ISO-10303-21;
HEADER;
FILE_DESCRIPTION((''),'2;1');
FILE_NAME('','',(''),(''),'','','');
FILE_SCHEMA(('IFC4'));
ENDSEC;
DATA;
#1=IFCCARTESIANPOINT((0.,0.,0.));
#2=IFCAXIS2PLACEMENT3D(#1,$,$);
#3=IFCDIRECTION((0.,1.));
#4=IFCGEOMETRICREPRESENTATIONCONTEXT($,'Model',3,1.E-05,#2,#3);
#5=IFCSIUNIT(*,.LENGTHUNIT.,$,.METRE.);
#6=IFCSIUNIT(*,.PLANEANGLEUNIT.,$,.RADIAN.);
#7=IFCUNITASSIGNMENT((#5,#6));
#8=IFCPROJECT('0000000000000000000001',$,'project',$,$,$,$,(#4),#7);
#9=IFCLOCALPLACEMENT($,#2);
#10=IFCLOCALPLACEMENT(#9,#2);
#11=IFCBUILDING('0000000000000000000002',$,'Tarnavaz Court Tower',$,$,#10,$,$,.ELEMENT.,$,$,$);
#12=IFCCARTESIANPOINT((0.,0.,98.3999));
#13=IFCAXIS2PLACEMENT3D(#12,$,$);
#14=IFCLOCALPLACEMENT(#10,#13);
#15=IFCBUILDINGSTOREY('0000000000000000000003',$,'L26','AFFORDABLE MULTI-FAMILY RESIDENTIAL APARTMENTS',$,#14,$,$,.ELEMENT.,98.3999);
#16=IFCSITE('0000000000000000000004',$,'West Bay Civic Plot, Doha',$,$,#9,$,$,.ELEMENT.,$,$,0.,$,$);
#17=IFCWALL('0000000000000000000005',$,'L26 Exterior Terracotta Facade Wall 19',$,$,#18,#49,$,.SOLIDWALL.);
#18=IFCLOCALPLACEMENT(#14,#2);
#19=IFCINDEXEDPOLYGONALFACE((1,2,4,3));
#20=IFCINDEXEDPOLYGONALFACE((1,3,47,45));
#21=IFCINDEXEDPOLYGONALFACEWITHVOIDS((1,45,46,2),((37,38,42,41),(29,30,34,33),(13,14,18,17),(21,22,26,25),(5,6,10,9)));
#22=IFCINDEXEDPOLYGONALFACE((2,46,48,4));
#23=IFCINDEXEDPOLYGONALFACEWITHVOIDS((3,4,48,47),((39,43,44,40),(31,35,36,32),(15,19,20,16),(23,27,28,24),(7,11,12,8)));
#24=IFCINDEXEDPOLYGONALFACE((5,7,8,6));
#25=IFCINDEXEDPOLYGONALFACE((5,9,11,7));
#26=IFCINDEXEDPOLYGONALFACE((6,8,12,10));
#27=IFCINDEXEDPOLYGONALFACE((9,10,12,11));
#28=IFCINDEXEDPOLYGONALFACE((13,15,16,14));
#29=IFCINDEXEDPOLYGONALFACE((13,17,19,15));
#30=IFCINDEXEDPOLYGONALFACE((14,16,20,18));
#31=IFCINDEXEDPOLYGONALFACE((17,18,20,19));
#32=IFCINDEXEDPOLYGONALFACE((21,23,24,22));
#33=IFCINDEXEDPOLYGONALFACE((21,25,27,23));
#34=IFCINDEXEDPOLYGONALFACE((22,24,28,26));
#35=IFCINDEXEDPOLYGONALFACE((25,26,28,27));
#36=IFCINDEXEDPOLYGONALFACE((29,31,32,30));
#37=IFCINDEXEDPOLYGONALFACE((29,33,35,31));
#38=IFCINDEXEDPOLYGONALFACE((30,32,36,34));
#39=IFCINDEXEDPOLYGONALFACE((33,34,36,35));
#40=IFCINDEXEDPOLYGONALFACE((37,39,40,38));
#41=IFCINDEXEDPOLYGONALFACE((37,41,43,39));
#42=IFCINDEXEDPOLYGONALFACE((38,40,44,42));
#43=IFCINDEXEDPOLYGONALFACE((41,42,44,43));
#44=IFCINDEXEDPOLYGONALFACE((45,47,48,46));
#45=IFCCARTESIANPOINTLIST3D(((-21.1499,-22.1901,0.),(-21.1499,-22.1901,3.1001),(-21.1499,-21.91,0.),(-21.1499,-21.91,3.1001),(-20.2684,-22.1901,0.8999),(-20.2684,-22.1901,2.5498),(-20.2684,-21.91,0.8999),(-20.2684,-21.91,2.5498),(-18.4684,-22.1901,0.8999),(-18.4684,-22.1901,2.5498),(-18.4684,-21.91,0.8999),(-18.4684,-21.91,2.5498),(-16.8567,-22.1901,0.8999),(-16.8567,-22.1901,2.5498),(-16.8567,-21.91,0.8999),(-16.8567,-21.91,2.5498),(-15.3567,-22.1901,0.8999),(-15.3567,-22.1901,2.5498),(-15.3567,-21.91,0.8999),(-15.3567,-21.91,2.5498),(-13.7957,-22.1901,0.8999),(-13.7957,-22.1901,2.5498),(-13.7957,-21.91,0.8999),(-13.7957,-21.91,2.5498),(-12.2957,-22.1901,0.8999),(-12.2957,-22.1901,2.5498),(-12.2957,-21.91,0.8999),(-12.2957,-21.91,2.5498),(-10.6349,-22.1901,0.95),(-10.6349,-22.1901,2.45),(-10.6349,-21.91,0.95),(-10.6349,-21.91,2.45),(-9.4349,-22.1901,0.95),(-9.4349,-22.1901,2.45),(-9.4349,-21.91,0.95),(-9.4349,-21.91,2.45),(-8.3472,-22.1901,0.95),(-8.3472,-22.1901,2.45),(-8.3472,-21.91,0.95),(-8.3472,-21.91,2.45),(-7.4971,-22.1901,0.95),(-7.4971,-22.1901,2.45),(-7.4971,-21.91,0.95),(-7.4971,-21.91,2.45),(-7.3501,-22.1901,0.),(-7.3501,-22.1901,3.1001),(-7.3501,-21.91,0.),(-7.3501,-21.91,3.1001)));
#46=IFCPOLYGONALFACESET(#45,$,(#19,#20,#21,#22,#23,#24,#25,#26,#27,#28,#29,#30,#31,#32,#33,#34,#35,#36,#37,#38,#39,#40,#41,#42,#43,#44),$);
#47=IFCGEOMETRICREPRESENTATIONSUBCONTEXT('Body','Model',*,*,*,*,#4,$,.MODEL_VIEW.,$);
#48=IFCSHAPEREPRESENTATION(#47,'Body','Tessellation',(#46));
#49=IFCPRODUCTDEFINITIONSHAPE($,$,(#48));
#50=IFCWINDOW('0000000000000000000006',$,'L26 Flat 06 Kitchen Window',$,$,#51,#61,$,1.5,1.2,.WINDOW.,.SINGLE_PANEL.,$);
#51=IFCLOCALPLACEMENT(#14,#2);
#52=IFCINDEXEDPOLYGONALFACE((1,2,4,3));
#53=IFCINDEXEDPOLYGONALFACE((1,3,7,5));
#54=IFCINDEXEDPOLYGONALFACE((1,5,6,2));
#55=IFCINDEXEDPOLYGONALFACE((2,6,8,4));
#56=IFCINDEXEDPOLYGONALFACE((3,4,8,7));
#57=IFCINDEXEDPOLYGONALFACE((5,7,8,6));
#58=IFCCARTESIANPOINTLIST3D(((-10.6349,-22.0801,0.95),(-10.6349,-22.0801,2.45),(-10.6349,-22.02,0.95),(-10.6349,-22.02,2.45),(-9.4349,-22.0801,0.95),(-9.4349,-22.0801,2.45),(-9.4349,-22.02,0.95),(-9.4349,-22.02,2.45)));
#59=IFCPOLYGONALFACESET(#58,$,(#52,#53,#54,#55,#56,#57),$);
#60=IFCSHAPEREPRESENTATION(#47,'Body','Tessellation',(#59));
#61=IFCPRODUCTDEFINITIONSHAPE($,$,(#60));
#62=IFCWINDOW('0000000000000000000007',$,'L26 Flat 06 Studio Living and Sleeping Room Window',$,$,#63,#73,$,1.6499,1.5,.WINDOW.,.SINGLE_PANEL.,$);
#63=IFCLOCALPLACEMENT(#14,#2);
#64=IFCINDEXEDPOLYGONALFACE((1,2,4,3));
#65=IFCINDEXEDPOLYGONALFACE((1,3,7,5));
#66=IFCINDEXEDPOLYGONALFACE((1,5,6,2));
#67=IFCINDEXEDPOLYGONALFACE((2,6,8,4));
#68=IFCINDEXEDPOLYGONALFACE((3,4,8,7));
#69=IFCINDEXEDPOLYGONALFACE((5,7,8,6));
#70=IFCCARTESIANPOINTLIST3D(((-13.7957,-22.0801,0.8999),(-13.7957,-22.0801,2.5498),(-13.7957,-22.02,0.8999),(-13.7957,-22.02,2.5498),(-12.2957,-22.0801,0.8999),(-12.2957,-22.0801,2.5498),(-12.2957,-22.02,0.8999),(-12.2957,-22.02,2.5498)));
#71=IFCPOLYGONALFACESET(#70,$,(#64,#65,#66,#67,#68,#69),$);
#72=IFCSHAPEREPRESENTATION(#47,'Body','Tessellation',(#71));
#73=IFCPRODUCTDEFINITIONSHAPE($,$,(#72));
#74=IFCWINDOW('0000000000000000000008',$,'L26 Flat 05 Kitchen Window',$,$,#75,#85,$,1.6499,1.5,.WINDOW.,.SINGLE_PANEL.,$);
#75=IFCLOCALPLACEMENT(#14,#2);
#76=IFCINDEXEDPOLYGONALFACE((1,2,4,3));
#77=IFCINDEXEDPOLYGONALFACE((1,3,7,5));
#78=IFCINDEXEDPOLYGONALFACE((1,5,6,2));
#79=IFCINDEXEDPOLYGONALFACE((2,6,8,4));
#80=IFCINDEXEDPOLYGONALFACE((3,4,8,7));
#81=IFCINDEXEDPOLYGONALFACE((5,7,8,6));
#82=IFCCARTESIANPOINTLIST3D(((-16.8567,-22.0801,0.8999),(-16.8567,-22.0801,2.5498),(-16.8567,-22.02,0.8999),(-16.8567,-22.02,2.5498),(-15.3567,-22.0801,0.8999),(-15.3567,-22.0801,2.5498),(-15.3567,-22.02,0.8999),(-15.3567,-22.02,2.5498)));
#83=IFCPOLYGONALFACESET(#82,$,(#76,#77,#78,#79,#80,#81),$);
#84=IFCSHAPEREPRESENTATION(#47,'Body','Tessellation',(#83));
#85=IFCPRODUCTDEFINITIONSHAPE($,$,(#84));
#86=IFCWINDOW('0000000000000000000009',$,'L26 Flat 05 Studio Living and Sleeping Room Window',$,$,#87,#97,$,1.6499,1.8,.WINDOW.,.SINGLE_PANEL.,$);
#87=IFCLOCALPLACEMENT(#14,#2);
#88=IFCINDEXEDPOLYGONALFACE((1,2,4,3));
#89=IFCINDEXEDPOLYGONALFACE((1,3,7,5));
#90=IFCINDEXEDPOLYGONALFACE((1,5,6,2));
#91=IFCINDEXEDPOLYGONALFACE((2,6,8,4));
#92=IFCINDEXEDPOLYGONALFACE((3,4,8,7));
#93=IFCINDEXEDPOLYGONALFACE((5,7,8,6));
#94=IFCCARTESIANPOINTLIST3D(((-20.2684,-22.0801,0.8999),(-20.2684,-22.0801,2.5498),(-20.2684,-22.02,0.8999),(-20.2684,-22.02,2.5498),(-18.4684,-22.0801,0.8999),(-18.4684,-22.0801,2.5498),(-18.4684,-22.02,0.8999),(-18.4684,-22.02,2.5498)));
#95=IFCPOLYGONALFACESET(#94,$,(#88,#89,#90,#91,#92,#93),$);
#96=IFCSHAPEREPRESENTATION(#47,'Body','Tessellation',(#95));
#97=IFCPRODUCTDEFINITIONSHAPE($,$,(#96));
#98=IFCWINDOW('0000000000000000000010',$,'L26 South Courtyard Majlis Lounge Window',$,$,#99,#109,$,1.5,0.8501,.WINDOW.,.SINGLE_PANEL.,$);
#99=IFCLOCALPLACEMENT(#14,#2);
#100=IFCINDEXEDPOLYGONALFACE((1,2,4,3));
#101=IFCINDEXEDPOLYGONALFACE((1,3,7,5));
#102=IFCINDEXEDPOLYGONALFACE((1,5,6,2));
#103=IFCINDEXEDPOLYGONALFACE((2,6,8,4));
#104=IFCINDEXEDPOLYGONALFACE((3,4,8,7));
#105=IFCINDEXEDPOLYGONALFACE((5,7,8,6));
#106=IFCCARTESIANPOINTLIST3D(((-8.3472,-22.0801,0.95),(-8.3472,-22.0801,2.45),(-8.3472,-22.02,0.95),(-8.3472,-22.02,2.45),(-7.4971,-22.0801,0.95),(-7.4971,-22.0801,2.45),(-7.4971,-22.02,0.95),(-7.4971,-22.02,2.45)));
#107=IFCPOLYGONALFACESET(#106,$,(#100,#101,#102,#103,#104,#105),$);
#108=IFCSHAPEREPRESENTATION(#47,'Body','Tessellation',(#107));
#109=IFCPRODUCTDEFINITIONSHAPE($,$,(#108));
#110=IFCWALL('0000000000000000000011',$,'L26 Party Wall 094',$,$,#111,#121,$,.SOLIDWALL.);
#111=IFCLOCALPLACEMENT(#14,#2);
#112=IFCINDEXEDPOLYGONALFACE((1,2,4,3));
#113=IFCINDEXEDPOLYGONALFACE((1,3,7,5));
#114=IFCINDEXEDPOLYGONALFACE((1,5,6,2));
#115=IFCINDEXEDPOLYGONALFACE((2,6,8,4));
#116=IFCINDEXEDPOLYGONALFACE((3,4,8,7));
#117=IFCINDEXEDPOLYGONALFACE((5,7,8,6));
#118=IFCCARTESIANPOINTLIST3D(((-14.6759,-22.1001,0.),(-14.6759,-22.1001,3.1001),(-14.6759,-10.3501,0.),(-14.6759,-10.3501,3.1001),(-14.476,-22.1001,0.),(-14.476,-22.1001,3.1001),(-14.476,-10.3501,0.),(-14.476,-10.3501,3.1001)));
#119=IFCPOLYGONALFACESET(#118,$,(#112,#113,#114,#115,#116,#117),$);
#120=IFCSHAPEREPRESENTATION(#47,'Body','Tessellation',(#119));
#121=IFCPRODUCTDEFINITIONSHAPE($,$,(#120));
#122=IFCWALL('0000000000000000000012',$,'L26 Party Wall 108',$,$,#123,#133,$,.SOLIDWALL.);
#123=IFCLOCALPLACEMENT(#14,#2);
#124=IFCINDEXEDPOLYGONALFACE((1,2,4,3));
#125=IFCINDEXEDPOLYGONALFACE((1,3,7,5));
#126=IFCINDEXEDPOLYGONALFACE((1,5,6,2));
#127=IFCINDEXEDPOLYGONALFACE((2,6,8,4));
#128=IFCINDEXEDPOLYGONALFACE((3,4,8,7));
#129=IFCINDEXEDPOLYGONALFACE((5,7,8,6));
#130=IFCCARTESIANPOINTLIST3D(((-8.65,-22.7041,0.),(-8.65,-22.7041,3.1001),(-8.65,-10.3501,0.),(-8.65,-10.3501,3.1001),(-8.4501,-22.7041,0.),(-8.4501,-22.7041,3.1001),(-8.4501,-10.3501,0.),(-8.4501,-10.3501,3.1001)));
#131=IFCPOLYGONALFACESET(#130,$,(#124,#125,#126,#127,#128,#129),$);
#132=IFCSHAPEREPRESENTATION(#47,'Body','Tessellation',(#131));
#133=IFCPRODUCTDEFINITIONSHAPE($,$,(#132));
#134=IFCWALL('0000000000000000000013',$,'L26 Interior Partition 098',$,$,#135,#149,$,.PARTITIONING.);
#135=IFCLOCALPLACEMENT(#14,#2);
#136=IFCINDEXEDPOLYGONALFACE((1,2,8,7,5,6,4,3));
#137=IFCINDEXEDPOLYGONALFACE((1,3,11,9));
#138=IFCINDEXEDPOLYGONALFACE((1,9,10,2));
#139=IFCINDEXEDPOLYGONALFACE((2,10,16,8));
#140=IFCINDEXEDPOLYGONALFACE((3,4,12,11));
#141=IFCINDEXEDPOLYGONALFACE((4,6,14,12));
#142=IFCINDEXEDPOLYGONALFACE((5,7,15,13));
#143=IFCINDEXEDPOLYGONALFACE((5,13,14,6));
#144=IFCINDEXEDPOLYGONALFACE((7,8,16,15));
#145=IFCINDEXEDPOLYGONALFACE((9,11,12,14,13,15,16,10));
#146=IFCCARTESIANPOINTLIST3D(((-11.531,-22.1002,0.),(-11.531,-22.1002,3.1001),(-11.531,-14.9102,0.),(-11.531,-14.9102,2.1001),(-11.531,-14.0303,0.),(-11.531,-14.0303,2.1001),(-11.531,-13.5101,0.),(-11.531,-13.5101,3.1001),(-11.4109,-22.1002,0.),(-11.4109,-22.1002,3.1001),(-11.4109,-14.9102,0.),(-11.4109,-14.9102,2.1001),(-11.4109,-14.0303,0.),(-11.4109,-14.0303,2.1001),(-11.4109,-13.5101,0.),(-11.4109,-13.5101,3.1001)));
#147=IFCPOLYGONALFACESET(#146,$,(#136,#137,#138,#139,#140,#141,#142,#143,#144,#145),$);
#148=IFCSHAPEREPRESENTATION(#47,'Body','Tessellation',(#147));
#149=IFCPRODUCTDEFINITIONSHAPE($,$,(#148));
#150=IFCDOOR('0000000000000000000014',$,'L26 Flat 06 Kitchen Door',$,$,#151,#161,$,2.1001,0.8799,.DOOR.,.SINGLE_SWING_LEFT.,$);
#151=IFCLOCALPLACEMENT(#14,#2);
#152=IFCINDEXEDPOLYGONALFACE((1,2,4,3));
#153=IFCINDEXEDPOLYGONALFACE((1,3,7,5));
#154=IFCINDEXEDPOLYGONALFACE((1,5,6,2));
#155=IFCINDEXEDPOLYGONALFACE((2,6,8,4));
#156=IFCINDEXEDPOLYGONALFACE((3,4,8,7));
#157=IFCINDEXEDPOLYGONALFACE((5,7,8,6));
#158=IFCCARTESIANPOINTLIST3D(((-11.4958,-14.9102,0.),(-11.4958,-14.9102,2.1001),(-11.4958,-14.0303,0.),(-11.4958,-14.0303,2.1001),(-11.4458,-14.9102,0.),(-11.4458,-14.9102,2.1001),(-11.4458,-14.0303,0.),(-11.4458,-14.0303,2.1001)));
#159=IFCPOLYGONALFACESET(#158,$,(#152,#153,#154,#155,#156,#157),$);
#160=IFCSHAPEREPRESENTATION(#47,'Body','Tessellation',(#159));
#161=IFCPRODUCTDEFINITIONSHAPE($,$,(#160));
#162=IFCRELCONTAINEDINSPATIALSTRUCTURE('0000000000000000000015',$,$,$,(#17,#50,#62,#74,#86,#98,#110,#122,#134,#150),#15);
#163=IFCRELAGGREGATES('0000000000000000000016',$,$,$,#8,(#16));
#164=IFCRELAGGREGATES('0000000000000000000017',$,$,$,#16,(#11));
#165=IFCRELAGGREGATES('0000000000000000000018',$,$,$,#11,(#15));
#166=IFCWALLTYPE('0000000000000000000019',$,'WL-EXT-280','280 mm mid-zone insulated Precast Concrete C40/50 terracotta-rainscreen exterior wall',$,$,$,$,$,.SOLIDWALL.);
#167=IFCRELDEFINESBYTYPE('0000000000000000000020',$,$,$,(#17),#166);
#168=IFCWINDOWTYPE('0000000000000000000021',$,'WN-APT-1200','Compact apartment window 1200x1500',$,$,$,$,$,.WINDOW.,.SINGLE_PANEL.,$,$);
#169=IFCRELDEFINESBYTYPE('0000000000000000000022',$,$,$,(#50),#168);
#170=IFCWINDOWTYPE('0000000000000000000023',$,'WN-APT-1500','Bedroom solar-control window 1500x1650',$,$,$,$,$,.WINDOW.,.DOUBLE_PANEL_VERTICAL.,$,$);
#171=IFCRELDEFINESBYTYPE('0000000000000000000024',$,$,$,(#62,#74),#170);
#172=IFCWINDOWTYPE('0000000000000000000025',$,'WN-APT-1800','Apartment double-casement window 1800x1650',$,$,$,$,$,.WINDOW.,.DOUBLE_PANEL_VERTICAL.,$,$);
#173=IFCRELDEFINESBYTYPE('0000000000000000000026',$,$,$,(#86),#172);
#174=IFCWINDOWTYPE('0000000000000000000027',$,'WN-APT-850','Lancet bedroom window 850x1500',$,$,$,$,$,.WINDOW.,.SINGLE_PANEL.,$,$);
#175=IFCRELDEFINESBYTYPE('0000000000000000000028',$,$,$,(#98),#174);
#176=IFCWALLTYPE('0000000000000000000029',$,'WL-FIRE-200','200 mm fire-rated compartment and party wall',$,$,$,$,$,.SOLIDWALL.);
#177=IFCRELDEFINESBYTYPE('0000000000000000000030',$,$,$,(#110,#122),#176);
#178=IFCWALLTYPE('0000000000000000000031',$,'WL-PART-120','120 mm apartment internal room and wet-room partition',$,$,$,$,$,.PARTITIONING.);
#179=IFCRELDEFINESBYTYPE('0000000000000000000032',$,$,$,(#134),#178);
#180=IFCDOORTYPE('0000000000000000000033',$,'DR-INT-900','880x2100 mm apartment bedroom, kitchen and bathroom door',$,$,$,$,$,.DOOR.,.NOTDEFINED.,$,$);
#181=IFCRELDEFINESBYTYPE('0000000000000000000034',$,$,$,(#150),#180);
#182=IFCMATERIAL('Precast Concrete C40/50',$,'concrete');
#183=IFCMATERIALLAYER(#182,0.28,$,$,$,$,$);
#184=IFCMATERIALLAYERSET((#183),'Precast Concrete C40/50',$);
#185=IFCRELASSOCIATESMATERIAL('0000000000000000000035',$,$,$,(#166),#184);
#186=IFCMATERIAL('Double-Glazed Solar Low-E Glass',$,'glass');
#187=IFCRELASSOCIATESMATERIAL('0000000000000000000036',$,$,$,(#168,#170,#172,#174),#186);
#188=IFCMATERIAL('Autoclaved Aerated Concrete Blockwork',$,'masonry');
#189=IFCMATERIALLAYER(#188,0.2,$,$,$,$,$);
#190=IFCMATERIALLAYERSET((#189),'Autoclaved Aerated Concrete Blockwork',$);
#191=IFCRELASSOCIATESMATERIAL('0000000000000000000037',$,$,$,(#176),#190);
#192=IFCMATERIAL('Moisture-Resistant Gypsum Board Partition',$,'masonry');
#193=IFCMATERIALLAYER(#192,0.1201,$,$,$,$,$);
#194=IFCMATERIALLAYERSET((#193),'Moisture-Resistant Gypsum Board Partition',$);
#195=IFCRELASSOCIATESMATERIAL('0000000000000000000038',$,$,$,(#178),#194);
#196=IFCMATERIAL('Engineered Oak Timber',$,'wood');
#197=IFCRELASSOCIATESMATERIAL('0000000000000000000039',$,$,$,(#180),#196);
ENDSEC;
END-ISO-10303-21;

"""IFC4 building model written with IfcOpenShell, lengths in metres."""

from ifc_helpers import new_model, si_unit, direction, frame, frame_2d, origin, place, context, subcontext, project, spatial, rectangle, extrude, material, layer, layer_set, type_object, element, fill, save


model = new_model("IFC4")

# Units and contexts
model_context = context("Model", 3, precision=1e-05, world=origin(), true_north=direction((0.0, 1.0)))
body_context = subcontext(model_context, "Body", "Model", "MODEL_VIEW")
ifc_project = project(units=[si_unit("LENGTHUNIT", "METRE"), si_unit("PLANEANGLEUNIT", "RADIAN")], contexts=[model_context])

# Site, building, storey
site_placement = place(None, origin())
site = spatial("IfcSite", under=ifc_project, at=site_placement, Name="West Bay Civic Plot, Doha", CompositionType="ELEMENT", RefElevation=0.0)
building_placement = place(site_placement, origin())
building = spatial("IfcBuilding", under=site, at=building_placement, Name="Tarnavaz Court Tower", CompositionType="ELEMENT")
storey_placement = place(building_placement, frame((0.0, 0.0, 98.3999)))
storey = spatial("IfcBuildingStorey", under=building, at=storey_placement, Name="L26", Description="AFFORDABLE MULTI-FAMILY RESIDENTIAL APARTMENTS", CompositionType="ELEMENT", Elevation=98.3999)

# Shared definitions
ifc_material_1 = material(Name="Double-Glazed Solar Low-E Glass", Category="glass")

# Shared definitions
ifc_material_2 = material(Name="Precast Concrete C40/50", Category="concrete")
ifc_layer_1 = layer(ifc_material_2, 0.28)
ifc_layer_set_1 = layer_set([ifc_layer_1], Name="Precast Concrete C40/50")
wall_type_1 = type_object("IfcWallType", Name="WL-EXT-280", Description="280 mm mid-zone insulated Precast Concrete C40/50 terracotta-rainscreen exterior wall", PredefinedType="SOLIDWALL", material=ifc_layer_set_1)
window_type_1 = type_object("IfcWindowType", Name="WN-APT-1200", Description="Compact apartment window 1200x1500", PartitioningType="SINGLE_PANEL", PredefinedType="WINDOW", material=ifc_material_1)

# Wall, openings, windows
wall_1_placement = place(storey_placement, frame((-7.3501, -22.05, 0.0), z_axis=(0.0, 0.0, 1.0), x_axis=(-1.0, 0.0, 0.0)))
wall_1 = element("IfcWall", 1, at=wall_1_placement, inside=storey, type_object=wall_type_1, Name="L26 Exterior Terracotta Facade Wall 19", PredefinedType="SOLIDWALL", context=body_context, shape_type="SweptSolid", body=[
    extrude(rectangle(XDim=13.7998, YDim=0.28, at=frame_2d((6.8999, 0.0))), origin(), (0.0, 0.0, 1.0), 3.1001),
])
opening_1_placement = place(wall_1_placement, frame((0.147, 0.0, 0.95)))
opening_1 = element("IfcOpeningElement", 2, at=opening_1_placement, cuts=wall_1, PredefinedType="OPENING", context=body_context, shape_type="SweptSolid", body=[
    extrude(rectangle(XDim=0.8501, YDim=1.5, at=frame_2d((0.425, 0.75))), frame((0.0, 0.1499, 0.0), z_axis=(0.0, -1.0, 0.0), x_axis=(1.0, 0.0, 0.0)), (0.0, 0.0, 1.0), 0.3),
])
opening_2_placement = place(wall_1_placement, frame((2.0847, 0.0, 0.95)))
opening_2 = element("IfcOpeningElement", 3, at=opening_2_placement, cuts=wall_1, PredefinedType="OPENING", context=body_context, shape_type="SweptSolid", body=[
    extrude(rectangle(XDim=1.2, YDim=1.5, at=frame_2d((0.6001, 0.75))), frame((0.0, 0.1499, 0.0), z_axis=(0.0, -1.0, 0.0), x_axis=(1.0, 0.0, 0.0)), (0.0, 0.0, 1.0), 0.3),
])
opening_3_placement = place(wall_1_placement, frame((4.9456, 0.0, 0.8999)))
opening_3 = element("IfcOpeningElement", 4, at=opening_3_placement, cuts=wall_1, PredefinedType="OPENING", context=body_context, shape_type="SweptSolid", body=[
    extrude(rectangle(XDim=1.5, YDim=1.6499, at=frame_2d((0.75, 0.825))), frame((0.0, 0.1499, 0.0), z_axis=(0.0, -1.0, 0.0), x_axis=(1.0, 0.0, 0.0)), (0.0, 0.0, 1.0), 0.3),
])
opening_4_placement = place(wall_1_placement, frame((8.0066, 0.0, 0.8999)))
opening_4 = element("IfcOpeningElement", 5, at=opening_4_placement, cuts=wall_1, PredefinedType="OPENING", context=body_context, shape_type="SweptSolid", body=[
    extrude(rectangle(XDim=1.5, YDim=1.6499, at=frame_2d((0.75, 0.825))), frame((0.0, 0.1499, 0.0), z_axis=(0.0, -1.0, 0.0), x_axis=(1.0, 0.0, 0.0)), (0.0, 0.0, 1.0), 0.3),
])
opening_5_placement = place(wall_1_placement, frame((11.1184, 0.0, 0.8999)))
opening_5 = element("IfcOpeningElement", 6, at=opening_5_placement, cuts=wall_1, PredefinedType="OPENING", context=body_context, shape_type="SweptSolid", body=[
    extrude(rectangle(XDim=1.8, YDim=1.6499, at=frame_2d((0.8999, 0.825))), frame((0.0, 0.1499, 0.0), z_axis=(0.0, -1.0, 0.0), x_axis=(1.0, 0.0, 0.0)), (0.0, 0.0, 1.0), 0.3),
])
window_1_placement = place(opening_2_placement, origin())
window_1 = element("IfcWindow", 7, at=window_1_placement, inside=storey, type_object=window_type_1, Name="L26 Flat 06 Kitchen Window", OverallHeight=1.5, OverallWidth=1.2, PartitioningType="SINGLE_PANEL", PredefinedType="WINDOW", context=body_context, shape_type="SweptSolid", body=[
    extrude(rectangle(XDim=1.2, YDim=1.5, at=frame_2d((0.6001, 0.75))), frame((0.0, 0.03, 0.0), z_axis=(0.0, -1.0, 0.0), x_axis=(1.0, 0.0, 0.0)), (0.0, 0.0, 1.0), 0.0601),
])
fill(opening_2, window_1)
window_type_2 = type_object("IfcWindowType", Name="WN-APT-1500", Description="Bedroom solar-control window 1500x1650", PartitioningType="DOUBLE_PANEL_VERTICAL", PredefinedType="WINDOW", material=ifc_material_1)
window_2_placement = place(opening_3_placement, origin())
window_2 = element("IfcWindow", 8, at=window_2_placement, inside=storey, type_object=window_type_2, Name="L26 Flat 06 Studio Living and Sleeping Room Window", OverallHeight=1.6499, OverallWidth=1.5, PartitioningType="SINGLE_PANEL", PredefinedType="WINDOW", context=body_context, shape_type="SweptSolid", body=[
    extrude(rectangle(XDim=1.5, YDim=1.6499, at=frame_2d((0.75, 0.825))), frame((0.0, 0.03, 0.0), z_axis=(0.0, -1.0, 0.0), x_axis=(1.0, 0.0, 0.0)), (0.0, 0.0, 1.0), 0.0601),
])
fill(opening_3, window_2)
window_3_placement = place(opening_4_placement, origin())
window_3 = element("IfcWindow", 9, at=window_3_placement, inside=storey, type_object=window_type_2, Name="L26 Flat 05 Kitchen Window", OverallHeight=1.6499, OverallWidth=1.5, PartitioningType="SINGLE_PANEL", PredefinedType="WINDOW", context=body_context, shape_type="SweptSolid", body=[
    extrude(rectangle(XDim=1.5, YDim=1.6499, at=frame_2d((0.75, 0.825))), frame((0.0, 0.03, 0.0), z_axis=(0.0, -1.0, 0.0), x_axis=(1.0, 0.0, 0.0)), (0.0, 0.0, 1.0), 0.0601),
])
fill(opening_4, window_3)
window_type_3 = type_object("IfcWindowType", Name="WN-APT-1800", Description="Apartment double-casement window 1800x1650", PartitioningType="DOUBLE_PANEL_VERTICAL", PredefinedType="WINDOW", material=ifc_material_1)
window_4_placement = place(opening_5_placement, origin())
window_4 = element("IfcWindow", 10, at=window_4_placement, inside=storey, type_object=window_type_3, Name="L26 Flat 05 Studio Living and Sleeping Room Window", OverallHeight=1.6499, OverallWidth=1.8, PartitioningType="SINGLE_PANEL", PredefinedType="WINDOW", context=body_context, shape_type="SweptSolid", body=[
    extrude(rectangle(XDim=1.8, YDim=1.6499, at=frame_2d((0.8999, 0.825))), frame((0.0, 0.03, 0.0), z_axis=(0.0, -1.0, 0.0), x_axis=(1.0, 0.0, 0.0)), (0.0, 0.0, 1.0), 0.0601),
])
fill(opening_5, window_4)
window_type_4 = type_object("IfcWindowType", Name="WN-APT-850", Description="Lancet bedroom window 850x1500", PartitioningType="SINGLE_PANEL", PredefinedType="WINDOW", material=ifc_material_1)
window_5_placement = place(opening_1_placement, origin())
window_5 = element("IfcWindow", 11, at=window_5_placement, inside=storey, type_object=window_type_4, Name="L26 South Courtyard Majlis Lounge Window", OverallHeight=1.5, OverallWidth=0.8501, PartitioningType="SINGLE_PANEL", PredefinedType="WINDOW", context=body_context, shape_type="SweptSolid", body=[
    extrude(rectangle(XDim=0.8501, YDim=1.5, at=frame_2d((0.425, 0.75))), frame((0.0, 0.03, 0.0), z_axis=(0.0, -1.0, 0.0), x_axis=(1.0, 0.0, 0.0)), (0.0, 0.0, 1.0), 0.0601),
])
fill(opening_1, window_5)

# Walls
ifc_material_3 = material(Name="Autoclaved Aerated Concrete Blockwork", Category="masonry")
ifc_layer_2 = layer(ifc_material_3, 0.2)
ifc_layer_set_2 = layer_set([ifc_layer_2], Name="Autoclaved Aerated Concrete Blockwork")
wall_type_2 = type_object("IfcWallType", Name="WL-FIRE-200", Description="200 mm fire-rated compartment and party wall", PredefinedType="SOLIDWALL", material=ifc_layer_set_2)
wall_2_placement = place(storey_placement, frame((-14.5759, -22.1001, 0.0), z_axis=(0.0, 0.0, 1.0), x_axis=(0.0, 1.0, 0.0)))
element("IfcWall", 12, at=wall_2_placement, inside=storey, type_object=wall_type_2, Name="L26 Party Wall 094", PredefinedType="SOLIDWALL", context=body_context, shape_type="SweptSolid", body=[
    extrude(rectangle(XDim=11.75, YDim=0.2, at=frame_2d((5.875, 0.0))), origin(), (0.0, 0.0, 1.0), 3.1001),
])
wall_3_placement = place(storey_placement, frame((-8.55, -22.7041, 0.0), z_axis=(0.0, 0.0, 1.0), x_axis=(0.0, 1.0, 0.0)))
element("IfcWall", 13, at=wall_3_placement, inside=storey, type_object=wall_type_2, Name="L26 Party Wall 108", PredefinedType="SOLIDWALL", context=body_context, shape_type="SweptSolid", body=[
    extrude(rectangle(XDim=12.354, YDim=0.2, at=frame_2d((6.177, 0.0))), origin(), (0.0, 0.0, 1.0), 3.1001),
])

# Wall, opening, door
ifc_material_4 = material(Name="Moisture-Resistant Gypsum Board Partition", Category="masonry")
ifc_layer_3 = layer(ifc_material_4, 0.1201)
ifc_layer_set_3 = layer_set([ifc_layer_3], Name="Moisture-Resistant Gypsum Board Partition")
wall_type_3 = type_object("IfcWallType", Name="WL-PART-120", Description="120 mm apartment internal room and wet-room partition", PredefinedType="PARTITIONING", material=ifc_layer_set_3)
wall_4_placement = place(storey_placement, frame((-11.4709, -22.1001, 0.0), z_axis=(0.0, 0.0, 1.0), x_axis=(0.0, 1.0, 0.0)))
wall_4 = element("IfcWall", 14, at=wall_4_placement, inside=storey, type_object=wall_type_3, Name="L26 Interior Partition 098", PredefinedType="PARTITIONING", context=body_context, shape_type="SweptSolid", body=[
    extrude(rectangle(XDim=8.5901, YDim=0.1201, at=frame_2d((4.2949, 0.0))), origin(), (0.0, 0.0, 1.0), 3.1001),
])
opening_6_placement = place(wall_4_placement, frame((7.1899, 0.0, 0.0)))
opening_6 = element("IfcOpeningElement", 15, at=opening_6_placement, cuts=wall_4, PredefinedType="OPENING", context=body_context, shape_type="SweptSolid", body=[
    extrude(rectangle(XDim=0.8799, YDim=2.1001, at=frame_2d((0.4399, 1.05))), frame((0.0, 0.0701, 0.0), z_axis=(0.0, -1.0, 0.0), x_axis=(1.0, 0.0, 0.0)), (0.0, 0.0, 1.0), 0.1401),
])
ifc_material_5 = material(Name="Engineered Oak Timber", Category="wood")
door_type = type_object("IfcDoorType", Name="DR-INT-900", Description="880x2100 mm apartment bedroom, kitchen and bathroom door", OperationType="NOTDEFINED", PredefinedType="DOOR", material=ifc_material_5)
door_1_placement = place(opening_6_placement, origin())
door_1 = element("IfcDoor", 16, at=door_1_placement, inside=storey, type_object=door_type, Name="L26 Flat 06 Kitchen Door", OperationType="SINGLE_SWING_LEFT", OverallHeight=2.1001, OverallWidth=0.8799, PredefinedType="DOOR", context=body_context, shape_type="SweptSolid", body=[
    extrude(rectangle(XDim=0.8799, YDim=2.1001, at=frame_2d((0.4399, 1.05))), frame((0.0, 0.0249, 0.0), z_axis=(0.0, -1.0, 0.0), x_axis=(1.0, 0.0, 0.0)), (0.0, 0.0, 1.0), 0.05),
])
fill(opening_6, door_1)

save(model, "model.ifc")
